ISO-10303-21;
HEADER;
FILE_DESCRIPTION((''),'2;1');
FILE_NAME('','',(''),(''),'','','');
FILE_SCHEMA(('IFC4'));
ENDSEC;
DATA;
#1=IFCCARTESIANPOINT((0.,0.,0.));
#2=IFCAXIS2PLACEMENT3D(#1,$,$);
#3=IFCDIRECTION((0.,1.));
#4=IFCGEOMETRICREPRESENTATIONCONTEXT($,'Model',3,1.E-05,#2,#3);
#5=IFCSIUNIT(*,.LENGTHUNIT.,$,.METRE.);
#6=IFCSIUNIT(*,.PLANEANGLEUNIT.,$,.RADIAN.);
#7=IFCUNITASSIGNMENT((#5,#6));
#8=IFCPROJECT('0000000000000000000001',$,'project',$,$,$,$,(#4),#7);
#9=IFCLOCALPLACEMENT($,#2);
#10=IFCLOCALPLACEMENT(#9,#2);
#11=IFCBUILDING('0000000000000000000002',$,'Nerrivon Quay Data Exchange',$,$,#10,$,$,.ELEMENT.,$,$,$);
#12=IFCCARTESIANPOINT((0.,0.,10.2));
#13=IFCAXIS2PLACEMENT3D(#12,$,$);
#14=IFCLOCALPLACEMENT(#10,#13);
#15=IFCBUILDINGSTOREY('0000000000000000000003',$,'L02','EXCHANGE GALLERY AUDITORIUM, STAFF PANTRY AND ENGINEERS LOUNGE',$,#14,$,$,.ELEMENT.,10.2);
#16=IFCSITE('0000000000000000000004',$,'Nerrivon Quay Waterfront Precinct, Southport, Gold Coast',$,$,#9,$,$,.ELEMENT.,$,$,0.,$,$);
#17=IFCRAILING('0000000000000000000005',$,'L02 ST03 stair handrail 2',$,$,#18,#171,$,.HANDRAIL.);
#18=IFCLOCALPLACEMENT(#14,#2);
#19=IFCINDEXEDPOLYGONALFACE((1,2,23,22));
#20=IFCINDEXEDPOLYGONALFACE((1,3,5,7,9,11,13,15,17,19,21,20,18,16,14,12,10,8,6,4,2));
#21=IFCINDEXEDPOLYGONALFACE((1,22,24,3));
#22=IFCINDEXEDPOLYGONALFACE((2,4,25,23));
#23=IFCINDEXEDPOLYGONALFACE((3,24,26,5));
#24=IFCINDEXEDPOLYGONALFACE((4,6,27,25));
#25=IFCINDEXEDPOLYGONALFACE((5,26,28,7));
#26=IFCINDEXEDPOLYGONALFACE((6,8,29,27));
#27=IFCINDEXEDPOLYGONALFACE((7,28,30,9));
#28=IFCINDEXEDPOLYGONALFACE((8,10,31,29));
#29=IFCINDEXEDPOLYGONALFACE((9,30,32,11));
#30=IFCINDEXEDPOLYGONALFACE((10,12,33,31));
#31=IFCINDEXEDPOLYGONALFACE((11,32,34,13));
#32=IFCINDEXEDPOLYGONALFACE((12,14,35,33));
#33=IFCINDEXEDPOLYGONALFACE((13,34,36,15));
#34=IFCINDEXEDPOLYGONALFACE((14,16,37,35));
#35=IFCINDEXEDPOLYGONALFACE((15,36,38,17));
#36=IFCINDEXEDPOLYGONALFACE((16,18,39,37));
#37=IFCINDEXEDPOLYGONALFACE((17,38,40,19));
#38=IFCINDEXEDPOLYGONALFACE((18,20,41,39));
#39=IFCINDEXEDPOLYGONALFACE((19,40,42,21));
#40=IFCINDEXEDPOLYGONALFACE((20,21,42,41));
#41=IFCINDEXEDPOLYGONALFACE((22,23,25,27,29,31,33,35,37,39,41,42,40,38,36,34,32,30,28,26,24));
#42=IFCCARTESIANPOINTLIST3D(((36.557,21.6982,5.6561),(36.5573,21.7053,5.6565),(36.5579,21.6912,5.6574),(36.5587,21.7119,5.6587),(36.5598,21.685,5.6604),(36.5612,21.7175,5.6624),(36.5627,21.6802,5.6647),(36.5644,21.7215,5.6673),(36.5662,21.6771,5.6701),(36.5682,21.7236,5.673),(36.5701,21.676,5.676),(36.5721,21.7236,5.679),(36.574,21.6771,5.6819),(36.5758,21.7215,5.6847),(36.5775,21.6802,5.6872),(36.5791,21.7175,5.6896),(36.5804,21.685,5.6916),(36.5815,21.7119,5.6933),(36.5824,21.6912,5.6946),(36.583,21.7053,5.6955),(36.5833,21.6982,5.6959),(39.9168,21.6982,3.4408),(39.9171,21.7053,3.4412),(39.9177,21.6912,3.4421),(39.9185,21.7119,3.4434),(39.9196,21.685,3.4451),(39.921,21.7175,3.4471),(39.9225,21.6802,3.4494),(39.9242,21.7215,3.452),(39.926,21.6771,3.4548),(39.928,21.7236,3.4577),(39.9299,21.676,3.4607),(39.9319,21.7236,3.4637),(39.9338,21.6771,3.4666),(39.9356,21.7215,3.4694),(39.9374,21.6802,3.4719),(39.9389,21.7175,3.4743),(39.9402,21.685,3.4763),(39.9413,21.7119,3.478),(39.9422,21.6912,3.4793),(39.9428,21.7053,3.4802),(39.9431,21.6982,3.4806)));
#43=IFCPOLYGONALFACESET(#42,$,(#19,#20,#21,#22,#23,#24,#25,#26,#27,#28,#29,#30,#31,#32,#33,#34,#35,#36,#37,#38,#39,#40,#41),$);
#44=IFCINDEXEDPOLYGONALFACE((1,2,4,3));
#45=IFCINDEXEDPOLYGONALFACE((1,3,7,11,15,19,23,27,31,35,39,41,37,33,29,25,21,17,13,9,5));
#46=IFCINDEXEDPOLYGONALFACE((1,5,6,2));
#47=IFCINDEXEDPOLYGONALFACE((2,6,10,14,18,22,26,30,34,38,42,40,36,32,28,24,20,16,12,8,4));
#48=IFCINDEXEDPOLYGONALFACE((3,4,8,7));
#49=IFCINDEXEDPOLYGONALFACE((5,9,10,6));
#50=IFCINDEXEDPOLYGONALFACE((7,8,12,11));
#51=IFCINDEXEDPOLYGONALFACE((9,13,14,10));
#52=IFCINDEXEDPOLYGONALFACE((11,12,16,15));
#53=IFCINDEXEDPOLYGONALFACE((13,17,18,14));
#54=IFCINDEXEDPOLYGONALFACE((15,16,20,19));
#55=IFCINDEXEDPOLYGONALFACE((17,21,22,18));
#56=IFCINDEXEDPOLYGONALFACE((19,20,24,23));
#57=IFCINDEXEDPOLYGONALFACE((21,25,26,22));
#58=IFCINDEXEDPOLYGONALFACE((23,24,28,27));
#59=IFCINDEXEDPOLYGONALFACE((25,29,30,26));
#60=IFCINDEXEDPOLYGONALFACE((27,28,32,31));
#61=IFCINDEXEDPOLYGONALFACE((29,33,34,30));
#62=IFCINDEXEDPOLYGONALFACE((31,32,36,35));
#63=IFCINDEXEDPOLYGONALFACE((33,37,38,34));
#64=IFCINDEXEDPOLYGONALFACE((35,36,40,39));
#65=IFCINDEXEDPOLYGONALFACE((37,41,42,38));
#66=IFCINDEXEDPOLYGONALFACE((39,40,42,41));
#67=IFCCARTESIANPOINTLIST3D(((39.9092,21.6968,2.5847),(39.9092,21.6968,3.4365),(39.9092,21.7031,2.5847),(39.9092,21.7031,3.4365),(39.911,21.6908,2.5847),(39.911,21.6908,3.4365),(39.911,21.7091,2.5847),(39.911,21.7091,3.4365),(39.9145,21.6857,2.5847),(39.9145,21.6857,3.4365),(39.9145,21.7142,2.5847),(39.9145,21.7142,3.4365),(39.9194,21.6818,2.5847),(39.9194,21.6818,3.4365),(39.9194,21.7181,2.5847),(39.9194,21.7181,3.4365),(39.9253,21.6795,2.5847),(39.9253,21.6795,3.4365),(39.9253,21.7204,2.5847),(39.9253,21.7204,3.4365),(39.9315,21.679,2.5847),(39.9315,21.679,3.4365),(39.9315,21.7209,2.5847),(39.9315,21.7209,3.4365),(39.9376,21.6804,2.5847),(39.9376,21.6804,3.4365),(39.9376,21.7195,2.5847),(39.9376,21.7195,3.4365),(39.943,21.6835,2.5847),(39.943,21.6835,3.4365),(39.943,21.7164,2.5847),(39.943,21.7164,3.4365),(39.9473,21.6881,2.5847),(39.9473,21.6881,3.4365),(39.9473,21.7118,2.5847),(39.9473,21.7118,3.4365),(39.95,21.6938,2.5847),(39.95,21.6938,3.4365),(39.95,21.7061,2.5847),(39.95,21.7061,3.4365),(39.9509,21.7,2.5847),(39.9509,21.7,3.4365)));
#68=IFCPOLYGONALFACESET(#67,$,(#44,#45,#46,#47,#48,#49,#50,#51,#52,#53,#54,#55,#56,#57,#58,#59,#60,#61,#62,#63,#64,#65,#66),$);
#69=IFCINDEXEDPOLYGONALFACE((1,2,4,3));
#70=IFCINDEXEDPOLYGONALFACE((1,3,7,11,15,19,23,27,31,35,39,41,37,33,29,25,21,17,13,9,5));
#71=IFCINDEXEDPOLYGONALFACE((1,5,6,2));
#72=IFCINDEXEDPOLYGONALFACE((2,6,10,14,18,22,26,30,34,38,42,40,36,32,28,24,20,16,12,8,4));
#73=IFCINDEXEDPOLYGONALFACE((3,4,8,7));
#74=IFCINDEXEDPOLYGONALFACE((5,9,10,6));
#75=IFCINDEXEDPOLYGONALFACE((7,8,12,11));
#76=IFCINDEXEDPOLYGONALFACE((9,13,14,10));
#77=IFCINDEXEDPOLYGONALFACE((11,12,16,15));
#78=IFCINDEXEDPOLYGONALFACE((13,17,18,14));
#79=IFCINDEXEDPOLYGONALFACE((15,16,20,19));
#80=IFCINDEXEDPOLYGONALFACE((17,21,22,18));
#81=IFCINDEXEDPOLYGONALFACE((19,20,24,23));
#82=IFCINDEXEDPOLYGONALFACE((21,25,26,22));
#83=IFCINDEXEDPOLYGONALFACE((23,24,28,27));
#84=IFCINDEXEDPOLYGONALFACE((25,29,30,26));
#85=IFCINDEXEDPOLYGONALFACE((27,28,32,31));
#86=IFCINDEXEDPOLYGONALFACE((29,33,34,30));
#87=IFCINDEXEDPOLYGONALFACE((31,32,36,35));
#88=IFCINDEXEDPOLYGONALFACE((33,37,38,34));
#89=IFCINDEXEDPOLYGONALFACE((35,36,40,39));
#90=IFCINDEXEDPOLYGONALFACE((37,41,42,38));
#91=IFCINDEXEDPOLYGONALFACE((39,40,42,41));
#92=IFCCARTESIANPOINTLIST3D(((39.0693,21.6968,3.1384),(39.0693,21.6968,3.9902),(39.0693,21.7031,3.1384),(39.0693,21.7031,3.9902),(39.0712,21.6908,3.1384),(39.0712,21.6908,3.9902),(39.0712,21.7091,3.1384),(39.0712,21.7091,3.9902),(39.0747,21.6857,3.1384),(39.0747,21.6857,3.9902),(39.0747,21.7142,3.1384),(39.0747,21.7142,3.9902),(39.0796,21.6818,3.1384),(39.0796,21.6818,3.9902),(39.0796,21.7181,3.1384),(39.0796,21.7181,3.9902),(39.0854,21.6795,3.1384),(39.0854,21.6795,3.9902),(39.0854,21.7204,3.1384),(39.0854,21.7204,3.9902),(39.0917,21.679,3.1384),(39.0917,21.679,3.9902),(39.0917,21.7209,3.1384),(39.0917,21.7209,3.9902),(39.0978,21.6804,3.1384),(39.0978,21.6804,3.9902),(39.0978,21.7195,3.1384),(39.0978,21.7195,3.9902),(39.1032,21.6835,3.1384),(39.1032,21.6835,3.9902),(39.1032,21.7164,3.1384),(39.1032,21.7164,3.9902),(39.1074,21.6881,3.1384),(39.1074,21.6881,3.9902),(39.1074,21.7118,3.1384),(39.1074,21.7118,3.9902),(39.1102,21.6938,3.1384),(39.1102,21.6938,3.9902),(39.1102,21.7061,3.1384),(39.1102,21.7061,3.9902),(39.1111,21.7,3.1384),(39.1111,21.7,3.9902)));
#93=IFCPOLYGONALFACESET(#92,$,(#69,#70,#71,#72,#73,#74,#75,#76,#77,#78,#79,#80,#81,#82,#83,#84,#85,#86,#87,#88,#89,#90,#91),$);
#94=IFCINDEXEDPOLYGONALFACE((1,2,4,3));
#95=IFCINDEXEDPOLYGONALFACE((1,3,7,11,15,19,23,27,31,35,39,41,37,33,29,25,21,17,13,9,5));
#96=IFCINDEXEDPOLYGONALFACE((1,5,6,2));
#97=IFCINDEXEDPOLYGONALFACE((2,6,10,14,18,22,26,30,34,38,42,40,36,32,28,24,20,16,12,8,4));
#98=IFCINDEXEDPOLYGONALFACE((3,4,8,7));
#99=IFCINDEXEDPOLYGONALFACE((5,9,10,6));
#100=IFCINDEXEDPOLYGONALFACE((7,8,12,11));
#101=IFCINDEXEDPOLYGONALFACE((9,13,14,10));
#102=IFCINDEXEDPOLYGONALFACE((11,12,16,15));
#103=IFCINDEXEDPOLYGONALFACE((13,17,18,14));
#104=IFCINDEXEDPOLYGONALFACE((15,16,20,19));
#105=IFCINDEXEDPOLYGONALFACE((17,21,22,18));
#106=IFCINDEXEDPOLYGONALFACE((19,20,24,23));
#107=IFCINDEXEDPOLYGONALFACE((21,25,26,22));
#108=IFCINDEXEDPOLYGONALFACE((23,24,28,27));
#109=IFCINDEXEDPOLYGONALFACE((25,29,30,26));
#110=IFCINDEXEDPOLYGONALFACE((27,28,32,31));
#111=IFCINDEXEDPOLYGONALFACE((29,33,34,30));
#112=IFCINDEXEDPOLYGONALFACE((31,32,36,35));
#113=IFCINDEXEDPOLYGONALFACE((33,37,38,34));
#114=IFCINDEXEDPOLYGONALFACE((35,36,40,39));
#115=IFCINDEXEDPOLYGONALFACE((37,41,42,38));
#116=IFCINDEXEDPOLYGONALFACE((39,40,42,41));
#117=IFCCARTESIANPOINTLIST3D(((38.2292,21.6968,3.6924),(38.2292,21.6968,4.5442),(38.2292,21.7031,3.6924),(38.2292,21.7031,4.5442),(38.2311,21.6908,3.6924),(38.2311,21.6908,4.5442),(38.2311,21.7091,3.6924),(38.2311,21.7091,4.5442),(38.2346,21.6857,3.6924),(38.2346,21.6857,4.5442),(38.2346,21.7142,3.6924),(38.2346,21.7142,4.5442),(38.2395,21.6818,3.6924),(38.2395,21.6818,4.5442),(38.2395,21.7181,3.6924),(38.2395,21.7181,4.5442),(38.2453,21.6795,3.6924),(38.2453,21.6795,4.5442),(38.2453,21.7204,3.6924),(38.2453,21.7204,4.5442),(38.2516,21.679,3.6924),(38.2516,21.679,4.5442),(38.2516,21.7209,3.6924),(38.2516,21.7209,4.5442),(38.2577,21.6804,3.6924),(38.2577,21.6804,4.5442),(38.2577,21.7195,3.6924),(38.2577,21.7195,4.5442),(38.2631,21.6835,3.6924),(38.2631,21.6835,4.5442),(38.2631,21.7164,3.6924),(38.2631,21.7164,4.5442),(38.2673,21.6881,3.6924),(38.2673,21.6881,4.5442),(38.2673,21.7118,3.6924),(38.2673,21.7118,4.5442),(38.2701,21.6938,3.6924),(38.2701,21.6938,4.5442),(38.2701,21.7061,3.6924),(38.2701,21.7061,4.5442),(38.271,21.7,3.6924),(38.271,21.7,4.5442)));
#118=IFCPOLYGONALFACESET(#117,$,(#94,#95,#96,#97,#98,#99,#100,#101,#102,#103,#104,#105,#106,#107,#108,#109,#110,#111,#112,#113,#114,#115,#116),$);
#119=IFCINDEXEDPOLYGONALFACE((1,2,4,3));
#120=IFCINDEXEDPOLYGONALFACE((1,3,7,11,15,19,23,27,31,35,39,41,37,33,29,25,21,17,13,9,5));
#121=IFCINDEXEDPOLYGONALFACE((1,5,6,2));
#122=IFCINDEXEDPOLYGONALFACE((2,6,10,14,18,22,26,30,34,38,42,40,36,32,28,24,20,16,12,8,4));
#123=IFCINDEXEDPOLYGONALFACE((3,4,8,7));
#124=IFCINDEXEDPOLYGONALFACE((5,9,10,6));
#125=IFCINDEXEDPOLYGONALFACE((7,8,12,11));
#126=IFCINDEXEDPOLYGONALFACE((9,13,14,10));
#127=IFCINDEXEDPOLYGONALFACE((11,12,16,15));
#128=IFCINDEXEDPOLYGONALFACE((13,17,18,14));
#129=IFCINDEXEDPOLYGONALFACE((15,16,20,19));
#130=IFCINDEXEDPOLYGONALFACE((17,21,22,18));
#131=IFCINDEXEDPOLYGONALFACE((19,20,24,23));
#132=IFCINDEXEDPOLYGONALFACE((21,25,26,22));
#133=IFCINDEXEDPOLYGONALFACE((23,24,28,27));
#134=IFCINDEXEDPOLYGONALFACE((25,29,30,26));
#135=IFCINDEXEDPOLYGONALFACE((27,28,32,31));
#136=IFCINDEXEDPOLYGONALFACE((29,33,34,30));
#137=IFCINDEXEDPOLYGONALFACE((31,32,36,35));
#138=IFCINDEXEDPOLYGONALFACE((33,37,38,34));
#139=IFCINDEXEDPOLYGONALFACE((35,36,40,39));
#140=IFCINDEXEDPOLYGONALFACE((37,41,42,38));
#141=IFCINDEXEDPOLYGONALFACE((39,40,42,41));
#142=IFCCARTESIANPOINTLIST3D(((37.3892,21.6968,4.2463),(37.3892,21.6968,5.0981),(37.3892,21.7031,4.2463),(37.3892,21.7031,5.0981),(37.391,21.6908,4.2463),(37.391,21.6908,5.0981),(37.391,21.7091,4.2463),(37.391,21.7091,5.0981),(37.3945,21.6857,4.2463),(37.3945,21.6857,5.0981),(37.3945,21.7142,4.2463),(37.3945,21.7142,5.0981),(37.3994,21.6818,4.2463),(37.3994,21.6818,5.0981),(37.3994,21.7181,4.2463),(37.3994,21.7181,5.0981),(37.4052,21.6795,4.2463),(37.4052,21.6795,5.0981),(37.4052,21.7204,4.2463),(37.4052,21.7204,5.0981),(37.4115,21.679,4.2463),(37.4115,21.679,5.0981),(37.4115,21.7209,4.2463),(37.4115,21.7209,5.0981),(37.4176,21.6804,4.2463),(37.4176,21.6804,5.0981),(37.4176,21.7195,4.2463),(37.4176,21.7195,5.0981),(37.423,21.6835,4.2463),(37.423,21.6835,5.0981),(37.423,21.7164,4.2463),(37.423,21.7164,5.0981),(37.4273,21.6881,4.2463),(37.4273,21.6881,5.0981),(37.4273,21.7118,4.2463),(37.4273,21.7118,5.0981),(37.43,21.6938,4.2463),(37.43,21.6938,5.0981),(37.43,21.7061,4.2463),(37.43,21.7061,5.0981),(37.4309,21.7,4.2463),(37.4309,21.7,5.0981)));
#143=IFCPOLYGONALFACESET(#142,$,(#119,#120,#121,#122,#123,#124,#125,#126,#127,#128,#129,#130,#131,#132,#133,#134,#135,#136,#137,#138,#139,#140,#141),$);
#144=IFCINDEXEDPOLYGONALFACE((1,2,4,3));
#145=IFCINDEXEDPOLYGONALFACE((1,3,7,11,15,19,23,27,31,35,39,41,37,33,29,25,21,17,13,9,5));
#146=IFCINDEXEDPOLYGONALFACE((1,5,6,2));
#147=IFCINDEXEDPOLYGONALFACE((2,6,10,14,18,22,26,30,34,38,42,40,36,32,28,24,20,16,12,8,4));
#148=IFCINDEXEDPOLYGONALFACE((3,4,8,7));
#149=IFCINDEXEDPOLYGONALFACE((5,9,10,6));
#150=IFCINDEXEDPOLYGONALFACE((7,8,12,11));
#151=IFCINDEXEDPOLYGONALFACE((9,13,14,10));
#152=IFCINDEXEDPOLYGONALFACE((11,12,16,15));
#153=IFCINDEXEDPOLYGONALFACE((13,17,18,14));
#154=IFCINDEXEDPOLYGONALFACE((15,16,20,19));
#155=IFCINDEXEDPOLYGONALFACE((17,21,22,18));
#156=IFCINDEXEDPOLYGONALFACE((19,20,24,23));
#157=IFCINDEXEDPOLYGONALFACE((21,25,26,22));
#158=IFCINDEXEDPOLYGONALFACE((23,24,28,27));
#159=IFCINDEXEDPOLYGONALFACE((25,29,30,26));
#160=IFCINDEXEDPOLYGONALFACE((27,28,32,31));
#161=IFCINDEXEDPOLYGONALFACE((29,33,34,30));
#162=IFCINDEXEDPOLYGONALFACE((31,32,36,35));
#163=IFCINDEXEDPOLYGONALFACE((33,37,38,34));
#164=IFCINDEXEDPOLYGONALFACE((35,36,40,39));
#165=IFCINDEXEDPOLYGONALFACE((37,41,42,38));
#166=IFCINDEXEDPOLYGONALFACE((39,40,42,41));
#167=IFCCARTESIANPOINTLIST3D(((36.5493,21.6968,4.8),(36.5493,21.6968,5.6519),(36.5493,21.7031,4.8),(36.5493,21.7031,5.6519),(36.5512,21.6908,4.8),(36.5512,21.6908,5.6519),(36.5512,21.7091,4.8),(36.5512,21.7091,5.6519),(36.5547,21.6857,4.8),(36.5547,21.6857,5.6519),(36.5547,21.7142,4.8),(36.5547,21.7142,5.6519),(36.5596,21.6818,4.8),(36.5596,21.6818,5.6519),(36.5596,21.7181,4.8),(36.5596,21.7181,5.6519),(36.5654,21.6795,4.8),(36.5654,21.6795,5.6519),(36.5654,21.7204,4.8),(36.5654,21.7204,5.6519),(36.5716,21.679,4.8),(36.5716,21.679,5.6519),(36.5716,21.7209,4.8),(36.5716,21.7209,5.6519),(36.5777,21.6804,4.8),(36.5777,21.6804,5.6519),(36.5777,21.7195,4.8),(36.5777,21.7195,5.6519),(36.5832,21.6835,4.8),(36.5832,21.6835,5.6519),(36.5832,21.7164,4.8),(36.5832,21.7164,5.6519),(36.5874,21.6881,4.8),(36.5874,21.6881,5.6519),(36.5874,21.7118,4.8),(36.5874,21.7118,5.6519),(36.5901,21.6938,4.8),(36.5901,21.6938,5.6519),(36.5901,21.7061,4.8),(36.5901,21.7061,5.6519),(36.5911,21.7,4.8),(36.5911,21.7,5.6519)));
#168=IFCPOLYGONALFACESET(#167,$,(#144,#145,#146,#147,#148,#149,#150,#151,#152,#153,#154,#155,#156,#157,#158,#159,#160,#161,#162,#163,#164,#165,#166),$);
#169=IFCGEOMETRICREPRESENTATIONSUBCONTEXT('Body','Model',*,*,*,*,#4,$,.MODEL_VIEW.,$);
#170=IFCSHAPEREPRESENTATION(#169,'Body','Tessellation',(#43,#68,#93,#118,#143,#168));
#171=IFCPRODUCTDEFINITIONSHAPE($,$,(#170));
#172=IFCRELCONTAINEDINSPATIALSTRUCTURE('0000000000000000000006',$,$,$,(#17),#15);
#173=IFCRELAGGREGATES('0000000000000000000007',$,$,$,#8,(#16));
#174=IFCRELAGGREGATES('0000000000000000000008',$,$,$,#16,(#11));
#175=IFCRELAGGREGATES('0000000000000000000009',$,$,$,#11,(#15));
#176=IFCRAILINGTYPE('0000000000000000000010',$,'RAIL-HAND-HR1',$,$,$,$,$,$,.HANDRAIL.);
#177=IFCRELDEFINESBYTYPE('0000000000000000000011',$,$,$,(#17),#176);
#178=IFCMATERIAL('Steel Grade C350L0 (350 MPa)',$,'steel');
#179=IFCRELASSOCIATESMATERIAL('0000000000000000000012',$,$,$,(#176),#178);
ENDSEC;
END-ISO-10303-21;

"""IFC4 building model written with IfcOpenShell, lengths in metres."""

from ifc_helpers import new_model, si_unit, direction, frame, origin, origin_2d, place, context, subcontext, project, spatial, circle, extrude, material, type_object, element, save


model = new_model("IFC4")

# Units and contexts
model_context = context("Model", 3, precision=1e-05, world=origin(), true_north=direction((0.0, 1.0)))
body_context = subcontext(model_context, "Body", "Model", "MODEL_VIEW")
ifc_project = project(units=[si_unit("LENGTHUNIT", "METRE"), si_unit("PLANEANGLEUNIT", "RADIAN")], contexts=[model_context])

# Site, building, storey
site_placement = place(None, origin())
site = spatial("IfcSite", under=ifc_project, at=site_placement, Name="Nerrivon Quay Waterfront Precinct, Southport, Gold Coast", CompositionType="ELEMENT", RefElevation=0.0)
building_placement = place(site_placement, origin())
building = spatial("IfcBuilding", under=site, at=building_placement, Name="Nerrivon Quay Data Exchange", CompositionType="ELEMENT")
storey_placement = place(building_placement, frame((0.0, 0.0, 10.2)))
storey = spatial("IfcBuildingStorey", under=building, at=storey_placement, Name="L02", Description="EXCHANGE GALLERY AUDITORIUM, STAFF PANTRY AND ENGINEERS LOUNGE", CompositionType="ELEMENT", Elevation=10.2)

# Railing
ifc_material_1 = material(Name="Steel Grade C350L0 (350 MPa)", Category="steel")
railing_type_1 = type_object("IfcRailingType", Name="RAIL-HAND-HR1", PredefinedType="HANDRAIL", material=ifc_material_1)
railing_1_placement = place(storey_placement, frame((39.9299, 21.7, 2.5847)))
element("IfcRailing", 1, at=railing_1_placement, inside=storey, type_object=railing_type_1, Name="L02 ST03 stair handrail 2", PredefinedType="HANDRAIL", context=body_context, shape_type="SweptSolid", body=[
    extrude(circle(Radius=0.0239, at=origin_2d()), frame((0.0, 0.0, 0.876), z_axis=(-0.834858, 0.0, 0.550465), x_axis=(0.0, -1.0, 0.0)), (0.0, 0.0, 1.0), 4.0244),
    extrude(circle(Radius=0.021, at=origin_2d()), origin(), (0.0, 0.0, 1.0), 0.8518),
    extrude(circle(Radius=0.021, at=origin_2d()), frame((-0.8398, 0.0, 0.5537)), (0.0, 0.0, 1.0), 0.8518),
    extrude(circle(Radius=0.021, at=origin_2d()), frame((-1.6799, 0.0, 1.1077)), (0.0, 0.0, 1.0), 0.8518),
    extrude(circle(Radius=0.021, at=origin_2d()), frame((-2.52, 0.0, 1.6616)), (0.0, 0.0, 1.0), 0.8518),
    extrude(circle(Radius=0.021, at=origin_2d()), frame((-3.3599, 0.0, 2.2153)), (0.0, 0.0, 1.0), 0.8518),
])

save(model, "model.ifc")
